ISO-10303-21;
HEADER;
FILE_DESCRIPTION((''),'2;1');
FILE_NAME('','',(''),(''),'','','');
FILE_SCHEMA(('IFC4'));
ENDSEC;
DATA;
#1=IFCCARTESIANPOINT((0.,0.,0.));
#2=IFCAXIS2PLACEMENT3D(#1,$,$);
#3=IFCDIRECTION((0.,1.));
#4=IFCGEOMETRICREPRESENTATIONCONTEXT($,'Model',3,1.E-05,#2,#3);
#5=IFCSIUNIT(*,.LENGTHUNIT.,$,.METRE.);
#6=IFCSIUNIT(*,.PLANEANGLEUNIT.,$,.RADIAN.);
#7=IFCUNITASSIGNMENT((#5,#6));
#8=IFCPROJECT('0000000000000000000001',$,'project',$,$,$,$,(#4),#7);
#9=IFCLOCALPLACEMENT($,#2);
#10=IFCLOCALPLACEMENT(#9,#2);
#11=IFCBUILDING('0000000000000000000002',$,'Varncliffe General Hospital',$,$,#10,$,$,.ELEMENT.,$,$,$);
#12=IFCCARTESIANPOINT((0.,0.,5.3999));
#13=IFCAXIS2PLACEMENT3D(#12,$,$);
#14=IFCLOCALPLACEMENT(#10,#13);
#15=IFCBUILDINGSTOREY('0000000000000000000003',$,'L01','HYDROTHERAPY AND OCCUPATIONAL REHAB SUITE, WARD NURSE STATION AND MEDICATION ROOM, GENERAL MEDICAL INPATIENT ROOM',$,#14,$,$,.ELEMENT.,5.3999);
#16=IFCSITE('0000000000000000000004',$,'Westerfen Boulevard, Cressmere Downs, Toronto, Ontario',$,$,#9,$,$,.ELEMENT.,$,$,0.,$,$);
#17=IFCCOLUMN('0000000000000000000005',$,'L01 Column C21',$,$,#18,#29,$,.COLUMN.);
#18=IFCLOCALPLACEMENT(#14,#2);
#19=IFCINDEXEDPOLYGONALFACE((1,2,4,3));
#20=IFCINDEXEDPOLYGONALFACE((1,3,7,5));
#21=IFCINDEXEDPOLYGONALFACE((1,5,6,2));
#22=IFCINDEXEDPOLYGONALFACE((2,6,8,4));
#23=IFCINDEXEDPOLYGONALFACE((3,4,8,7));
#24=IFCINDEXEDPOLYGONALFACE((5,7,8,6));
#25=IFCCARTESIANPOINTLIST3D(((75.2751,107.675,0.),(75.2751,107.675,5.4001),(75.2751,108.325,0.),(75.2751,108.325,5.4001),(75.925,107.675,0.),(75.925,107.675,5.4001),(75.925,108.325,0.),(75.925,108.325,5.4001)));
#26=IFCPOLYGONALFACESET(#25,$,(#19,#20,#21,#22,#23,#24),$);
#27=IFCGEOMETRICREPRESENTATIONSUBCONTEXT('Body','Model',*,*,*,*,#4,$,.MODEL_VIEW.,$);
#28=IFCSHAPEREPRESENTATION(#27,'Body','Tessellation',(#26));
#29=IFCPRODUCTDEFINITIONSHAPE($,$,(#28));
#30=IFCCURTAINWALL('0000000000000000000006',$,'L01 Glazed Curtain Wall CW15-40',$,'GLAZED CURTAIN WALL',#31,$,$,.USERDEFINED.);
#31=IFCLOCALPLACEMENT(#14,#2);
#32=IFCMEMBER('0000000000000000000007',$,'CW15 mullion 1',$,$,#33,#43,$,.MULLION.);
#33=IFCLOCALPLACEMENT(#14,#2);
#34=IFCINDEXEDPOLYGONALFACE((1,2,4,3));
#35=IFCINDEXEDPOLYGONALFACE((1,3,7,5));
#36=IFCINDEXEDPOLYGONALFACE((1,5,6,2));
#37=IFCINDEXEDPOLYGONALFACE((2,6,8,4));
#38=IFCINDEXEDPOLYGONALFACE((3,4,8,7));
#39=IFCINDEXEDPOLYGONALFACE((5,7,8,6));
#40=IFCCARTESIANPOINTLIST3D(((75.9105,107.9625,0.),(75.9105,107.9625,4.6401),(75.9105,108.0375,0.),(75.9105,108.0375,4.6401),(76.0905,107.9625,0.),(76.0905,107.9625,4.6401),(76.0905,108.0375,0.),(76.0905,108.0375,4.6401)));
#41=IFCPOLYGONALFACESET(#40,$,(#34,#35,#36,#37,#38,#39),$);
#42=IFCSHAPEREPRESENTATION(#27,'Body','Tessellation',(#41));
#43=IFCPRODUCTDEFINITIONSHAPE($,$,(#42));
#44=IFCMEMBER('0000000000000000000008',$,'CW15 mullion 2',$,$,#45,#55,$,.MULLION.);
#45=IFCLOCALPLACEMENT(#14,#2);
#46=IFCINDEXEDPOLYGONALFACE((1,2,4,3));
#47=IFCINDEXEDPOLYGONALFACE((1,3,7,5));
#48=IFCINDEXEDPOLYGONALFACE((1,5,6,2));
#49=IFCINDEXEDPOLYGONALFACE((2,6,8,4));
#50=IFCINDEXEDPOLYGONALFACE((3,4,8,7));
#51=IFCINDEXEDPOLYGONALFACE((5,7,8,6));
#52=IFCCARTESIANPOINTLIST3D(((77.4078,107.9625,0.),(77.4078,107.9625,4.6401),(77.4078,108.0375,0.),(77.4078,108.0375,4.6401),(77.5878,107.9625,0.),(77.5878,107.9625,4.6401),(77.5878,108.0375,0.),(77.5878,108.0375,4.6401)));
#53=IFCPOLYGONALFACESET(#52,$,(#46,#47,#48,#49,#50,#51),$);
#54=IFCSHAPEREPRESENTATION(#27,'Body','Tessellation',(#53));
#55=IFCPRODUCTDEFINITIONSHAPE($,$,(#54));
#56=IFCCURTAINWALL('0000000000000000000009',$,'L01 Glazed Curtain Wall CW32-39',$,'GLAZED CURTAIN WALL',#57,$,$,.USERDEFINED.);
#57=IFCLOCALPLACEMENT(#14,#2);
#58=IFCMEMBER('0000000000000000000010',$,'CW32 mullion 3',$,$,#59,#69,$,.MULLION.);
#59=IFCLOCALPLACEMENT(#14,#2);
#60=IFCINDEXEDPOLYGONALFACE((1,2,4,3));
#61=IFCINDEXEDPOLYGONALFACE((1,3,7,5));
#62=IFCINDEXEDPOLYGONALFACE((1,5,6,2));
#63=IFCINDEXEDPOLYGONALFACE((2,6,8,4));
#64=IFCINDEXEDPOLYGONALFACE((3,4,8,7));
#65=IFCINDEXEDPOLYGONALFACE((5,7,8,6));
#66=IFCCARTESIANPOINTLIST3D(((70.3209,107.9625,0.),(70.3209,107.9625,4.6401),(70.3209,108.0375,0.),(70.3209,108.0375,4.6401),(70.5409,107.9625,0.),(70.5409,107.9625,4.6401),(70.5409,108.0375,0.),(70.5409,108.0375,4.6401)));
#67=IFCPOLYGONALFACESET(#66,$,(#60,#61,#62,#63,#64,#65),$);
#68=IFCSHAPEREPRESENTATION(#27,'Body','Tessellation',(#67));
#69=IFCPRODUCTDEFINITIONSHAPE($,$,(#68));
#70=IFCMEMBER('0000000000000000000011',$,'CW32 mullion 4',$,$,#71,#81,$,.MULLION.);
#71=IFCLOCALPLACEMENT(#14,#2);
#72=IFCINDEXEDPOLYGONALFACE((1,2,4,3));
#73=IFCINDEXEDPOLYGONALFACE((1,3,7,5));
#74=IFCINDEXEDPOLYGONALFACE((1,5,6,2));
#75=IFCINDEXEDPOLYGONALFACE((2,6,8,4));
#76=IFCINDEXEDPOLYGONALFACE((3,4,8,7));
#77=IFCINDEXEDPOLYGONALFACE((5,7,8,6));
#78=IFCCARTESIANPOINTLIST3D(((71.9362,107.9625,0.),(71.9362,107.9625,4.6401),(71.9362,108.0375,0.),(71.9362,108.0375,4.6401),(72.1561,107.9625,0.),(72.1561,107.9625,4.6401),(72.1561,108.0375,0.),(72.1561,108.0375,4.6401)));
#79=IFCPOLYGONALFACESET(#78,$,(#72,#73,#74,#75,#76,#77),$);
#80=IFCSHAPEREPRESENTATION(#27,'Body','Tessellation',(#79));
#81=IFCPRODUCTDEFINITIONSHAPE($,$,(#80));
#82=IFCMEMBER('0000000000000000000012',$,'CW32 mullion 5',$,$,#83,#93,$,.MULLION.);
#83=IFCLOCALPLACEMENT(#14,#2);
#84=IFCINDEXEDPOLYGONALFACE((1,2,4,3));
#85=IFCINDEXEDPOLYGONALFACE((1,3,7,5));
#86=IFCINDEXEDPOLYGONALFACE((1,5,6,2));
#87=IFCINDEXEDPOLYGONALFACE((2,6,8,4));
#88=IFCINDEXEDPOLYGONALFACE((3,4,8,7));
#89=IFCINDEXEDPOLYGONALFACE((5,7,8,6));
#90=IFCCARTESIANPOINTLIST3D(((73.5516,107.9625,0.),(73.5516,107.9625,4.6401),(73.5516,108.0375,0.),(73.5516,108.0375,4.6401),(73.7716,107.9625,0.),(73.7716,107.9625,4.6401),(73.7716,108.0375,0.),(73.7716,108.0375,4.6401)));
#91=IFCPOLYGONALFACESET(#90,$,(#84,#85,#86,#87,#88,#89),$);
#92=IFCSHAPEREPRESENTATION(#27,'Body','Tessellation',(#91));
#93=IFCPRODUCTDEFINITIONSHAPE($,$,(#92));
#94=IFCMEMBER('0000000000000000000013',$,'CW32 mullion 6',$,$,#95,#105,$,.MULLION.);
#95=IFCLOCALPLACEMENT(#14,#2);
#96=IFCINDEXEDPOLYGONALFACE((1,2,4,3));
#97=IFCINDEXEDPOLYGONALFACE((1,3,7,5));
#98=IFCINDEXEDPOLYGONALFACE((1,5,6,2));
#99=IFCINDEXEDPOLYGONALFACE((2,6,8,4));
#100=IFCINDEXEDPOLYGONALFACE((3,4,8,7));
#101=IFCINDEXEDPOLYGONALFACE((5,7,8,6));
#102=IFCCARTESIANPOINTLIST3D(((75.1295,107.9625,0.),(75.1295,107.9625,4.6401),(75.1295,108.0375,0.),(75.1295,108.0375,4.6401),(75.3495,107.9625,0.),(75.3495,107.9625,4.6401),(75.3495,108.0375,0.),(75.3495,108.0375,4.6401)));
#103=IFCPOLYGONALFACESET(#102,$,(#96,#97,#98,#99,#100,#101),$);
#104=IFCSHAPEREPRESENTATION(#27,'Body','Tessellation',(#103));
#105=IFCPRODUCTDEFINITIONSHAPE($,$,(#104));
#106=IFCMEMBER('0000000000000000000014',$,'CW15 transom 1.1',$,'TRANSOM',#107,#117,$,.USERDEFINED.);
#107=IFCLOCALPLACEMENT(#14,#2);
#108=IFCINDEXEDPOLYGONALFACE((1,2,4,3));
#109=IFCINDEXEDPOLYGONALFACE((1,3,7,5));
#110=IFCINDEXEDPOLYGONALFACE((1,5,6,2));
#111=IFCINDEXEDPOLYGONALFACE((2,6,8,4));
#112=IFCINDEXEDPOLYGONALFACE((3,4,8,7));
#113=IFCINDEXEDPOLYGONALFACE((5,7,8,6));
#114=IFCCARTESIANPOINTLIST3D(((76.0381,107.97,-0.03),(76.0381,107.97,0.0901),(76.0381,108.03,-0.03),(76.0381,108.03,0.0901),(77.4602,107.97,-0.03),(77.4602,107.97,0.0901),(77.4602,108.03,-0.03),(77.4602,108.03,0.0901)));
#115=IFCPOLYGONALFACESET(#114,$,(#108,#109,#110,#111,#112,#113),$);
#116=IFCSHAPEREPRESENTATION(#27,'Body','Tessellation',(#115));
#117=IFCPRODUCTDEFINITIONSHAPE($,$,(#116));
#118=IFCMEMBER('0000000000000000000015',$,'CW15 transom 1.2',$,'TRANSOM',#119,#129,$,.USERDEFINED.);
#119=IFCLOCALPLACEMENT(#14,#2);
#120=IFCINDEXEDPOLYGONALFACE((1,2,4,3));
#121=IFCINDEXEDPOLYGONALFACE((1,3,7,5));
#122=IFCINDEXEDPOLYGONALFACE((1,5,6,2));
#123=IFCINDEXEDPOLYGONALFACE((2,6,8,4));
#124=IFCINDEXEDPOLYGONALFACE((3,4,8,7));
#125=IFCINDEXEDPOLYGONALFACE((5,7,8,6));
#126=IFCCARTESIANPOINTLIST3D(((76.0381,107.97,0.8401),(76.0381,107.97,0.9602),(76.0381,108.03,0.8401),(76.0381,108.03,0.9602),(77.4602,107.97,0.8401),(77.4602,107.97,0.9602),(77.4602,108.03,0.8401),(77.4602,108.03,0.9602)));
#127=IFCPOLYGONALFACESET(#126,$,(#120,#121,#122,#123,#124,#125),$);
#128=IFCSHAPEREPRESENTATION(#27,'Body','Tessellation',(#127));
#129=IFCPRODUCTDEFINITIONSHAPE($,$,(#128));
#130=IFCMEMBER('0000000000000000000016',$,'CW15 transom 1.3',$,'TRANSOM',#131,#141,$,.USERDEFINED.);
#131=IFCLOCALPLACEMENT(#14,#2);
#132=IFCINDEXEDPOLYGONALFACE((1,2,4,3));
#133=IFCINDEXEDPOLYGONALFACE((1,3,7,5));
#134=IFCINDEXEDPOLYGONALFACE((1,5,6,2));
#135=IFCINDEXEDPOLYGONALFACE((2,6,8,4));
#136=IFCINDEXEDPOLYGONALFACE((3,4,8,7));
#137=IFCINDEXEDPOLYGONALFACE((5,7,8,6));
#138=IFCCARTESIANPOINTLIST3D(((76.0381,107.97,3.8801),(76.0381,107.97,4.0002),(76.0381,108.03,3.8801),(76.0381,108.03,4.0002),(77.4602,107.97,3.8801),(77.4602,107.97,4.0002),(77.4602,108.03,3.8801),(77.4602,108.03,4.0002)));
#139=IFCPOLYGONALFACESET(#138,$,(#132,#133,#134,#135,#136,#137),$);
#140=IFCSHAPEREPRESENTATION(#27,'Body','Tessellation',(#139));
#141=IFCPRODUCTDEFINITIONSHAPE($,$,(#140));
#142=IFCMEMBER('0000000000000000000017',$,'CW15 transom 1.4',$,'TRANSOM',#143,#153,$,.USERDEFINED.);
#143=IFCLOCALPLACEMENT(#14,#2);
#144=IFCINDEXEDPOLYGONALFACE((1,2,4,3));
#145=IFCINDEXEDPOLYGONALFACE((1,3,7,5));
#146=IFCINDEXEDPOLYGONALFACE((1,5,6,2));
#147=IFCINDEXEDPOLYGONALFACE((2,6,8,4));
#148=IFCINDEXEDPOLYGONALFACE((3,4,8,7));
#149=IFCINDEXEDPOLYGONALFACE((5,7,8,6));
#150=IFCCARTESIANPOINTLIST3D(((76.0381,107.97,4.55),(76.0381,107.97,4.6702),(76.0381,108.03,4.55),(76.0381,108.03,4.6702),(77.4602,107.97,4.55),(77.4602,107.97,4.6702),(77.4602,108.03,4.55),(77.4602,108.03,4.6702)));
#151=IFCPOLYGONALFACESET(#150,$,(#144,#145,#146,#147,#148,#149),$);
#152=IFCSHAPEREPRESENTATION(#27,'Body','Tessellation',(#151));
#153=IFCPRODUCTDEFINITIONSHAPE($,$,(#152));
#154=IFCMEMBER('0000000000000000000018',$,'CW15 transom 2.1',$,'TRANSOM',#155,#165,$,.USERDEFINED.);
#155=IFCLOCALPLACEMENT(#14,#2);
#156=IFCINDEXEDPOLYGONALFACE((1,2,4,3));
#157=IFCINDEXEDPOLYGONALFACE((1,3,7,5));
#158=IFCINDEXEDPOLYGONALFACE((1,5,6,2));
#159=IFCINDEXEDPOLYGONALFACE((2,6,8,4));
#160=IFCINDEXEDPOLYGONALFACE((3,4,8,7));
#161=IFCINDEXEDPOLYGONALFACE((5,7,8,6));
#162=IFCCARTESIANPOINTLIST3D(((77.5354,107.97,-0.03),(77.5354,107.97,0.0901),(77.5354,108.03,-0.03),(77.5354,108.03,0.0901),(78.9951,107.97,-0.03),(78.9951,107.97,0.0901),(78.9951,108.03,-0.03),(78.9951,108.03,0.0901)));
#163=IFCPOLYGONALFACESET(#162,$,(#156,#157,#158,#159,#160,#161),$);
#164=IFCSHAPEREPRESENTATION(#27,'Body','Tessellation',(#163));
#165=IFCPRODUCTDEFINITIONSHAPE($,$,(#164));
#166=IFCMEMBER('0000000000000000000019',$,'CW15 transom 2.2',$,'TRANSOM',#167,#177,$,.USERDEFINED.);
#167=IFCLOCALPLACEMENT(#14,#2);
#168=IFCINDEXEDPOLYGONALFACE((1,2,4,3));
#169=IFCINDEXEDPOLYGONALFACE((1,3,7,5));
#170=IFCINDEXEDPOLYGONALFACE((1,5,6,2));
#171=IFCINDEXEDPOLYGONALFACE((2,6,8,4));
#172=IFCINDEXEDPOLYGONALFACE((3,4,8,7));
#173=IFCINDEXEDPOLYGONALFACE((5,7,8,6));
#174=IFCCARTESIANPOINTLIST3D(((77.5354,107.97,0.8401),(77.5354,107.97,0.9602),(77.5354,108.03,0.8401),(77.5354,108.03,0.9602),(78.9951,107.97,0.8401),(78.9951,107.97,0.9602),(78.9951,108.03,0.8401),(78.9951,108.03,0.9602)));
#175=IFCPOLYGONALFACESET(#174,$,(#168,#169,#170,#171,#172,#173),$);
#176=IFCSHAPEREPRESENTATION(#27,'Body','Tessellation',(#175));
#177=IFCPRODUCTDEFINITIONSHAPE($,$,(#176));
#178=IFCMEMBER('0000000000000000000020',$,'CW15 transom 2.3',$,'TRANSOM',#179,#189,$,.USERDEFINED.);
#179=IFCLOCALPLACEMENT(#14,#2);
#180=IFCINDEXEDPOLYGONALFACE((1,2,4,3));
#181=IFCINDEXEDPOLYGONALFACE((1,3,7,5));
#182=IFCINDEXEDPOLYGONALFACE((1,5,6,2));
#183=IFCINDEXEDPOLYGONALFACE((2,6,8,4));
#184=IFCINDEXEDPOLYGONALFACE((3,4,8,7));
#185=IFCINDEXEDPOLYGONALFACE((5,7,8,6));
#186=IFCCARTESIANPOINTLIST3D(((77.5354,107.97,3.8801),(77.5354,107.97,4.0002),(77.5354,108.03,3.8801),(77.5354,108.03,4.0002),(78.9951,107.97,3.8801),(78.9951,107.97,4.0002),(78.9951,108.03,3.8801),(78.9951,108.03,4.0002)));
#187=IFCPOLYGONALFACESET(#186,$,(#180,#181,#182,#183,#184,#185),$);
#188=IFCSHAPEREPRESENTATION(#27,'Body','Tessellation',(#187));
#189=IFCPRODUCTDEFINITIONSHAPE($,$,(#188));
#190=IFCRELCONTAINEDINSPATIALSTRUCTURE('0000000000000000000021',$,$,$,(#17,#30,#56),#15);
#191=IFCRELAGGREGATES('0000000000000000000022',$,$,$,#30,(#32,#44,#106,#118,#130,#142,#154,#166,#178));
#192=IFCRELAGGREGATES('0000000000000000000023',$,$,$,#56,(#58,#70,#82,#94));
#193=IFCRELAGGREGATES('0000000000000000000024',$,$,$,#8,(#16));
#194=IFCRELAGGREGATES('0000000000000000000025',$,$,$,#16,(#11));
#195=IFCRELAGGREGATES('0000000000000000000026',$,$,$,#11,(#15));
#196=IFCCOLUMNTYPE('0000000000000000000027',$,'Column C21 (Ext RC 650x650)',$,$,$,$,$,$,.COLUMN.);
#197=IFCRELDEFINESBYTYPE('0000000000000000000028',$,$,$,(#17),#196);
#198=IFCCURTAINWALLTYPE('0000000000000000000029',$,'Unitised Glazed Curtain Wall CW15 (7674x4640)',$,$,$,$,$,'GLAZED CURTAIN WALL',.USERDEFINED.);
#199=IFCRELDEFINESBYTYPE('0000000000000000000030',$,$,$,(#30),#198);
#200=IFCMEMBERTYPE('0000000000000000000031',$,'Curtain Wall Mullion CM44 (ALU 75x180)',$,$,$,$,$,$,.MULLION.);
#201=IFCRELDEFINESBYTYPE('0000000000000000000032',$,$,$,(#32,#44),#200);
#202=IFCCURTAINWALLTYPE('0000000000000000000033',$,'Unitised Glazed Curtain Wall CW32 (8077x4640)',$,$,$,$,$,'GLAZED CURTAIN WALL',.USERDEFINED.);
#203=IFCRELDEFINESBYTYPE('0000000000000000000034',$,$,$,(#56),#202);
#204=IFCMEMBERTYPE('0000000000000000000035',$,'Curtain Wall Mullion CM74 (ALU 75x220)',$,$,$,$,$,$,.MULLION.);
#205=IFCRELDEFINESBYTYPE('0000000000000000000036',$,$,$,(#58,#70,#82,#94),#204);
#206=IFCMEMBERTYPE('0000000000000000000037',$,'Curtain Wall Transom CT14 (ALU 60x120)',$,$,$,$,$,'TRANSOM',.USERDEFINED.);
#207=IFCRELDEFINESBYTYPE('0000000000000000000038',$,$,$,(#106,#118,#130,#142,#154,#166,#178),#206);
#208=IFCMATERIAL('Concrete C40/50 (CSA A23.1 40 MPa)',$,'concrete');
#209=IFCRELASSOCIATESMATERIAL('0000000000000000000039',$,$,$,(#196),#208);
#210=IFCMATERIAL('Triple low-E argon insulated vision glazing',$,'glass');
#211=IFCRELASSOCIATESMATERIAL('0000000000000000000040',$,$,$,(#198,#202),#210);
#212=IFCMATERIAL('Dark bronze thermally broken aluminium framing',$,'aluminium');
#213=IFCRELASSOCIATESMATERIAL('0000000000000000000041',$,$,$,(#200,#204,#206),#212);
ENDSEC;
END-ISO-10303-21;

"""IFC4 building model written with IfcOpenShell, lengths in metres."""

from ifc_helpers import new_model, si_unit, direction, frame, origin, origin_2d, place, context, subcontext, project, spatial, rectangle, extrude, material, material_profile, profile_set, type_object, element, aggregate, save


model = new_model("IFC4")

# Units and contexts
model_context = context("Model", 3, precision=1e-05, world=origin(), true_north=direction((0.0, 1.0)))
body_context = subcontext(model_context, "Body", "Model", "MODEL_VIEW")
ifc_project = project(units=[si_unit("LENGTHUNIT", "METRE"), si_unit("PLANEANGLEUNIT", "RADIAN")], contexts=[model_context])

# Site, building, storey
site_placement = place(None, origin())
site = spatial("IfcSite", under=ifc_project, at=site_placement, Name="Westerfen Boulevard, Cressmere Downs, Toronto, Ontario", CompositionType="ELEMENT", RefElevation=0.0)
building_placement = place(site_placement, origin())
building = spatial("IfcBuilding", under=site, at=building_placement, Name="Varncliffe General Hospital", CompositionType="ELEMENT")
storey_placement = place(building_placement, frame((0.0, 0.0, 5.3999)))
storey = spatial("IfcBuildingStorey", under=building, at=storey_placement, Name="L01", Description="HYDROTHERAPY AND OCCUPATIONAL REHAB SUITE, WARD NURSE STATION AND MEDICATION ROOM, GENERAL MEDICAL INPATIENT ROOM", CompositionType="ELEMENT", Elevation=5.3999)

# Column
ifc_material_1 = material(Name="Concrete C40/50 (CSA A23.1 40 MPa)", Category="concrete")
ifc_material_profile_1 = material_profile(ifc_material_1, rectangle(XDim=0.6499, YDim=0.6499, at=origin_2d()), Name="RC 650x650")
ifc_profile_set_1 = profile_set([ifc_material_profile_1], Name="Concrete C40/50 (CSA A23.1 40 MPa)")
column_type = type_object("IfcColumnType", Name="Column C21 (Ext RC 650x650)", PredefinedType="COLUMN", material=ifc_profile_set_1)
column_placement = place(storey_placement, frame((75.6001, 108.0, 0.0), z_axis=(0.0, 0.0, 1.0), x_axis=(1.0, 0.0, 0.0)))
element("IfcColumn", 1, at=column_placement, inside=storey, type_object=column_type, Name="L01 Column C21", PredefinedType="COLUMN", context=body_context, shape_type="SweptSolid", body=[
    extrude(rectangle(XDim=0.6499, YDim=0.6499, at=origin_2d()), origin(), (0.0, 0.0, 1.0), 5.4001),
])

# Curtain walls, members
ifc_material_2 = material(Name="Triple low-E argon insulated vision glazing", Category="glass")
curtain_wall_type_1 = type_object("IfcCurtainWallType", Name="Unitised Glazed Curtain Wall CW15 (7674x4640)", ElementType="GLAZED CURTAIN WALL", PredefinedType="USERDEFINED", material=ifc_material_2)
curtain_wall_1_placement = place(storey_placement, origin())
curtain_wall_1 = element("IfcCurtainWall", 2, at=curtain_wall_1_placement, inside=storey, type_object=curtain_wall_type_1, Name="L01 Glazed Curtain Wall CW15-40", ObjectType="GLAZED CURTAIN WALL", PredefinedType="USERDEFINED")
ifc_material_3 = material(Name="Dark bronze thermally broken aluminium framing", Category="aluminium")
ifc_material_profile_2 = material_profile(ifc_material_3, rectangle(XDim=0.075, YDim=0.1799, at=origin_2d()), Name="ALU 75x180")
ifc_profile_set_2 = profile_set([ifc_material_profile_2], Name="Dark bronze thermally broken aluminium framing")
member_type_1 = type_object("IfcMemberType", Name="Curtain Wall Mullion CM44 (ALU 75x180)", PredefinedType="MULLION", material=ifc_profile_set_2)
member_1_placement = place(storey_placement, frame((76.0005, 108.0, 0.0), z_axis=(0.0, 0.0, 1.0), x_axis=(0.0, 1.0, 0.0)))
member_1 = element("IfcMember", 3, at=member_1_placement, type_object=member_type_1, Name="CW15 mullion 1", PredefinedType="MULLION", context=body_context, shape_type="SweptSolid", body=[
    extrude(rectangle(XDim=0.075, YDim=0.1799, at=origin_2d()), origin(), (0.0, 0.0, 1.0), 4.6401),
])
member_2_placement = place(storey_placement, frame((77.4978, 108.0, 0.0), z_axis=(0.0, 0.0, 1.0), x_axis=(0.0, 1.0, 0.0)))
member_2 = element("IfcMember", 4, at=member_2_placement, type_object=member_type_1, Name="CW15 mullion 2", PredefinedType="MULLION", context=body_context, shape_type="SweptSolid", body=[
    extrude(rectangle(XDim=0.075, YDim=0.1799, at=origin_2d()), origin(), (0.0, 0.0, 1.0), 4.6401),
])
curtain_wall_type_2 = type_object("IfcCurtainWallType", Name="Unitised Glazed Curtain Wall CW32 (8077x4640)", ElementType="GLAZED CURTAIN WALL", PredefinedType="USERDEFINED", material=ifc_material_2)
curtain_wall_2_placement = place(storey_placement, origin())
curtain_wall_2 = element("IfcCurtainWall", 5, at=curtain_wall_2_placement, inside=storey, type_object=curtain_wall_type_2, Name="L01 Glazed Curtain Wall CW32-39", ObjectType="GLAZED CURTAIN WALL", PredefinedType="USERDEFINED")
ifc_material_profile_3 = material_profile(ifc_material_3, rectangle(XDim=0.075, YDim=0.22, at=origin_2d()), Name="ALU 75x220")
ifc_profile_set_3 = profile_set([ifc_material_profile_3], Name="Dark bronze thermally broken aluminium framing")
member_type_2 = type_object("IfcMemberType", Name="Curtain Wall Mullion CM74 (ALU 75x220)", PredefinedType="MULLION", material=ifc_profile_set_3)
member_3_placement = place(storey_placement, frame((70.4309, 108.0, 0.0), z_axis=(0.0, 0.0, 1.0), x_axis=(0.0, 1.0, 0.0)))
member_3 = element("IfcMember", 6, at=member_3_placement, type_object=member_type_2, Name="CW32 mullion 3", PredefinedType="MULLION", context=body_context, shape_type="SweptSolid", body=[
    extrude(rectangle(XDim=0.075, YDim=0.22, at=origin_2d()), origin(), (0.0, 0.0, 1.0), 4.6401),
])
member_4_placement = place(storey_placement, frame((72.0461, 108.0, 0.0), z_axis=(0.0, 0.0, 1.0), x_axis=(0.0, 1.0, 0.0)))
member_4 = element("IfcMember", 7, at=member_4_placement, type_object=member_type_2, Name="CW32 mullion 4", PredefinedType="MULLION", context=body_context, shape_type="SweptSolid", body=[
    extrude(rectangle(XDim=0.075, YDim=0.22, at=origin_2d()), origin(), (0.0, 0.0, 1.0), 4.6401),
])
member_5_placement = place(storey_placement, frame((73.6616, 108.0, 0.0), z_axis=(0.0, 0.0, 1.0), x_axis=(0.0, 1.0, 0.0)))
member_5 = element("IfcMember", 8, at=member_5_placement, type_object=member_type_2, Name="CW32 mullion 5", PredefinedType="MULLION", context=body_context, shape_type="SweptSolid", body=[
    extrude(rectangle(XDim=0.075, YDim=0.22, at=origin_2d()), origin(), (0.0, 0.0, 1.0), 4.6401),
])
member_6_placement = place(storey_placement, frame((75.2395, 108.0, 0.0), z_axis=(0.0, 0.0, 1.0), x_axis=(0.0, 1.0, 0.0)))
member_6 = element("IfcMember", 9, at=member_6_placement, type_object=member_type_2, Name="CW32 mullion 6", PredefinedType="MULLION", context=body_context, shape_type="SweptSolid", body=[
    extrude(rectangle(XDim=0.075, YDim=0.22, at=origin_2d()), origin(), (0.0, 0.0, 1.0), 4.6401),
])

# Members
ifc_material_profile_4 = material_profile(ifc_material_3, rectangle(XDim=0.0601, YDim=0.1201, at=origin_2d()), Name="ALU 60x120")
ifc_profile_set_4 = profile_set([ifc_material_profile_4], Name="Dark bronze thermally broken aluminium framing")
member_type_3 = type_object("IfcMemberType", Name="Curtain Wall Transom CT14 (ALU 60x120)", ElementType="TRANSOM", PredefinedType="USERDEFINED", material=ifc_profile_set_4)
member_7_placement = place(storey_placement, frame((76.0381, 108.0, 0.03), z_axis=(1.0, 0.0, 0.0), x_axis=(0.0, 1.0, 0.0)))
member_7 = element("IfcMember", 10, at=member_7_placement, type_object=member_type_3, Name="CW15 transom 1.1", ObjectType="TRANSOM", PredefinedType="USERDEFINED", context=body_context, shape_type="SweptSolid", body=[
    extrude(rectangle(XDim=0.0601, YDim=0.1201, at=origin_2d()), origin(), (0.0, 0.0, 1.0), 1.4221),
])
member_8_placement = place(storey_placement, frame((76.0381, 108.0, 0.9001), z_axis=(1.0, 0.0, 0.0), x_axis=(0.0, 1.0, 0.0)))
member_8 = element("IfcMember", 11, at=member_8_placement, type_object=member_type_3, Name="CW15 transom 1.2", ObjectType="TRANSOM", PredefinedType="USERDEFINED", context=body_context, shape_type="SweptSolid", body=[
    extrude(rectangle(XDim=0.0601, YDim=0.1201, at=origin_2d()), origin(), (0.0, 0.0, 1.0), 1.4221),
])
member_9_placement = place(storey_placement, frame((76.0381, 108.0, 3.9402), z_axis=(1.0, 0.0, 0.0), x_axis=(0.0, 1.0, 0.0)))
member_9 = element("IfcMember", 12, at=member_9_placement, type_object=member_type_3, Name="CW15 transom 1.3", ObjectType="TRANSOM", PredefinedType="USERDEFINED", context=body_context, shape_type="SweptSolid", body=[
    extrude(rectangle(XDim=0.0601, YDim=0.1201, at=origin_2d()), origin(), (0.0, 0.0, 1.0), 1.4221),
])
member_10_placement = place(storey_placement, frame((76.0381, 108.0, 4.6101), z_axis=(1.0, 0.0, 0.0), x_axis=(0.0, 1.0, 0.0)))
member_10 = element("IfcMember", 13, at=member_10_placement, type_object=member_type_3, Name="CW15 transom 1.4", ObjectType="TRANSOM", PredefinedType="USERDEFINED", context=body_context, shape_type="SweptSolid", body=[
    extrude(rectangle(XDim=0.0601, YDim=0.1201, at=origin_2d()), origin(), (0.0, 0.0, 1.0), 1.4221),
])
member_11_placement = place(storey_placement, frame((77.5354, 108.0, 0.03), z_axis=(1.0, 0.0, 0.0), x_axis=(0.0, 1.0, 0.0)))
member_11 = element("IfcMember", 14, at=member_11_placement, type_object=member_type_3, Name="CW15 transom 2.1", ObjectType="TRANSOM", PredefinedType="USERDEFINED", context=body_context, shape_type="SweptSolid", body=[
    extrude(rectangle(XDim=0.0601, YDim=0.1201, at=origin_2d()), origin(), (0.0, 0.0, 1.0), 1.4597),
])
member_12_placement = place(storey_placement, frame((77.5354, 108.0, 0.9001), z_axis=(1.0, 0.0, 0.0), x_axis=(0.0, 1.0, 0.0)))
member_12 = element("IfcMember", 15, at=member_12_placement, type_object=member_type_3, Name="CW15 transom 2.2", ObjectType="TRANSOM", PredefinedType="USERDEFINED", context=body_context, shape_type="SweptSolid", body=[
    extrude(rectangle(XDim=0.0601, YDim=0.1201, at=origin_2d()), origin(), (0.0, 0.0, 1.0), 1.4597),
])
member_13_placement = place(storey_placement, frame((77.5354, 108.0, 3.9402), z_axis=(1.0, 0.0, 0.0), x_axis=(0.0, 1.0, 0.0)))
member_13 = element("IfcMember", 16, at=member_13_placement, type_object=member_type_3, Name="CW15 transom 2.3", ObjectType="TRANSOM", PredefinedType="USERDEFINED", context=body_context, shape_type="SweptSolid", body=[
    extrude(rectangle(XDim=0.0601, YDim=0.1201, at=origin_2d()), origin(), (0.0, 0.0, 1.0), 1.4597),
])

aggregate(curtain_wall_1, [member_1, member_2, member_7, member_8, member_9, member_10, member_11, member_12, member_13])
aggregate(curtain_wall_2, [member_3, member_4, member_5, member_6])

save(model, "model.ifc")
